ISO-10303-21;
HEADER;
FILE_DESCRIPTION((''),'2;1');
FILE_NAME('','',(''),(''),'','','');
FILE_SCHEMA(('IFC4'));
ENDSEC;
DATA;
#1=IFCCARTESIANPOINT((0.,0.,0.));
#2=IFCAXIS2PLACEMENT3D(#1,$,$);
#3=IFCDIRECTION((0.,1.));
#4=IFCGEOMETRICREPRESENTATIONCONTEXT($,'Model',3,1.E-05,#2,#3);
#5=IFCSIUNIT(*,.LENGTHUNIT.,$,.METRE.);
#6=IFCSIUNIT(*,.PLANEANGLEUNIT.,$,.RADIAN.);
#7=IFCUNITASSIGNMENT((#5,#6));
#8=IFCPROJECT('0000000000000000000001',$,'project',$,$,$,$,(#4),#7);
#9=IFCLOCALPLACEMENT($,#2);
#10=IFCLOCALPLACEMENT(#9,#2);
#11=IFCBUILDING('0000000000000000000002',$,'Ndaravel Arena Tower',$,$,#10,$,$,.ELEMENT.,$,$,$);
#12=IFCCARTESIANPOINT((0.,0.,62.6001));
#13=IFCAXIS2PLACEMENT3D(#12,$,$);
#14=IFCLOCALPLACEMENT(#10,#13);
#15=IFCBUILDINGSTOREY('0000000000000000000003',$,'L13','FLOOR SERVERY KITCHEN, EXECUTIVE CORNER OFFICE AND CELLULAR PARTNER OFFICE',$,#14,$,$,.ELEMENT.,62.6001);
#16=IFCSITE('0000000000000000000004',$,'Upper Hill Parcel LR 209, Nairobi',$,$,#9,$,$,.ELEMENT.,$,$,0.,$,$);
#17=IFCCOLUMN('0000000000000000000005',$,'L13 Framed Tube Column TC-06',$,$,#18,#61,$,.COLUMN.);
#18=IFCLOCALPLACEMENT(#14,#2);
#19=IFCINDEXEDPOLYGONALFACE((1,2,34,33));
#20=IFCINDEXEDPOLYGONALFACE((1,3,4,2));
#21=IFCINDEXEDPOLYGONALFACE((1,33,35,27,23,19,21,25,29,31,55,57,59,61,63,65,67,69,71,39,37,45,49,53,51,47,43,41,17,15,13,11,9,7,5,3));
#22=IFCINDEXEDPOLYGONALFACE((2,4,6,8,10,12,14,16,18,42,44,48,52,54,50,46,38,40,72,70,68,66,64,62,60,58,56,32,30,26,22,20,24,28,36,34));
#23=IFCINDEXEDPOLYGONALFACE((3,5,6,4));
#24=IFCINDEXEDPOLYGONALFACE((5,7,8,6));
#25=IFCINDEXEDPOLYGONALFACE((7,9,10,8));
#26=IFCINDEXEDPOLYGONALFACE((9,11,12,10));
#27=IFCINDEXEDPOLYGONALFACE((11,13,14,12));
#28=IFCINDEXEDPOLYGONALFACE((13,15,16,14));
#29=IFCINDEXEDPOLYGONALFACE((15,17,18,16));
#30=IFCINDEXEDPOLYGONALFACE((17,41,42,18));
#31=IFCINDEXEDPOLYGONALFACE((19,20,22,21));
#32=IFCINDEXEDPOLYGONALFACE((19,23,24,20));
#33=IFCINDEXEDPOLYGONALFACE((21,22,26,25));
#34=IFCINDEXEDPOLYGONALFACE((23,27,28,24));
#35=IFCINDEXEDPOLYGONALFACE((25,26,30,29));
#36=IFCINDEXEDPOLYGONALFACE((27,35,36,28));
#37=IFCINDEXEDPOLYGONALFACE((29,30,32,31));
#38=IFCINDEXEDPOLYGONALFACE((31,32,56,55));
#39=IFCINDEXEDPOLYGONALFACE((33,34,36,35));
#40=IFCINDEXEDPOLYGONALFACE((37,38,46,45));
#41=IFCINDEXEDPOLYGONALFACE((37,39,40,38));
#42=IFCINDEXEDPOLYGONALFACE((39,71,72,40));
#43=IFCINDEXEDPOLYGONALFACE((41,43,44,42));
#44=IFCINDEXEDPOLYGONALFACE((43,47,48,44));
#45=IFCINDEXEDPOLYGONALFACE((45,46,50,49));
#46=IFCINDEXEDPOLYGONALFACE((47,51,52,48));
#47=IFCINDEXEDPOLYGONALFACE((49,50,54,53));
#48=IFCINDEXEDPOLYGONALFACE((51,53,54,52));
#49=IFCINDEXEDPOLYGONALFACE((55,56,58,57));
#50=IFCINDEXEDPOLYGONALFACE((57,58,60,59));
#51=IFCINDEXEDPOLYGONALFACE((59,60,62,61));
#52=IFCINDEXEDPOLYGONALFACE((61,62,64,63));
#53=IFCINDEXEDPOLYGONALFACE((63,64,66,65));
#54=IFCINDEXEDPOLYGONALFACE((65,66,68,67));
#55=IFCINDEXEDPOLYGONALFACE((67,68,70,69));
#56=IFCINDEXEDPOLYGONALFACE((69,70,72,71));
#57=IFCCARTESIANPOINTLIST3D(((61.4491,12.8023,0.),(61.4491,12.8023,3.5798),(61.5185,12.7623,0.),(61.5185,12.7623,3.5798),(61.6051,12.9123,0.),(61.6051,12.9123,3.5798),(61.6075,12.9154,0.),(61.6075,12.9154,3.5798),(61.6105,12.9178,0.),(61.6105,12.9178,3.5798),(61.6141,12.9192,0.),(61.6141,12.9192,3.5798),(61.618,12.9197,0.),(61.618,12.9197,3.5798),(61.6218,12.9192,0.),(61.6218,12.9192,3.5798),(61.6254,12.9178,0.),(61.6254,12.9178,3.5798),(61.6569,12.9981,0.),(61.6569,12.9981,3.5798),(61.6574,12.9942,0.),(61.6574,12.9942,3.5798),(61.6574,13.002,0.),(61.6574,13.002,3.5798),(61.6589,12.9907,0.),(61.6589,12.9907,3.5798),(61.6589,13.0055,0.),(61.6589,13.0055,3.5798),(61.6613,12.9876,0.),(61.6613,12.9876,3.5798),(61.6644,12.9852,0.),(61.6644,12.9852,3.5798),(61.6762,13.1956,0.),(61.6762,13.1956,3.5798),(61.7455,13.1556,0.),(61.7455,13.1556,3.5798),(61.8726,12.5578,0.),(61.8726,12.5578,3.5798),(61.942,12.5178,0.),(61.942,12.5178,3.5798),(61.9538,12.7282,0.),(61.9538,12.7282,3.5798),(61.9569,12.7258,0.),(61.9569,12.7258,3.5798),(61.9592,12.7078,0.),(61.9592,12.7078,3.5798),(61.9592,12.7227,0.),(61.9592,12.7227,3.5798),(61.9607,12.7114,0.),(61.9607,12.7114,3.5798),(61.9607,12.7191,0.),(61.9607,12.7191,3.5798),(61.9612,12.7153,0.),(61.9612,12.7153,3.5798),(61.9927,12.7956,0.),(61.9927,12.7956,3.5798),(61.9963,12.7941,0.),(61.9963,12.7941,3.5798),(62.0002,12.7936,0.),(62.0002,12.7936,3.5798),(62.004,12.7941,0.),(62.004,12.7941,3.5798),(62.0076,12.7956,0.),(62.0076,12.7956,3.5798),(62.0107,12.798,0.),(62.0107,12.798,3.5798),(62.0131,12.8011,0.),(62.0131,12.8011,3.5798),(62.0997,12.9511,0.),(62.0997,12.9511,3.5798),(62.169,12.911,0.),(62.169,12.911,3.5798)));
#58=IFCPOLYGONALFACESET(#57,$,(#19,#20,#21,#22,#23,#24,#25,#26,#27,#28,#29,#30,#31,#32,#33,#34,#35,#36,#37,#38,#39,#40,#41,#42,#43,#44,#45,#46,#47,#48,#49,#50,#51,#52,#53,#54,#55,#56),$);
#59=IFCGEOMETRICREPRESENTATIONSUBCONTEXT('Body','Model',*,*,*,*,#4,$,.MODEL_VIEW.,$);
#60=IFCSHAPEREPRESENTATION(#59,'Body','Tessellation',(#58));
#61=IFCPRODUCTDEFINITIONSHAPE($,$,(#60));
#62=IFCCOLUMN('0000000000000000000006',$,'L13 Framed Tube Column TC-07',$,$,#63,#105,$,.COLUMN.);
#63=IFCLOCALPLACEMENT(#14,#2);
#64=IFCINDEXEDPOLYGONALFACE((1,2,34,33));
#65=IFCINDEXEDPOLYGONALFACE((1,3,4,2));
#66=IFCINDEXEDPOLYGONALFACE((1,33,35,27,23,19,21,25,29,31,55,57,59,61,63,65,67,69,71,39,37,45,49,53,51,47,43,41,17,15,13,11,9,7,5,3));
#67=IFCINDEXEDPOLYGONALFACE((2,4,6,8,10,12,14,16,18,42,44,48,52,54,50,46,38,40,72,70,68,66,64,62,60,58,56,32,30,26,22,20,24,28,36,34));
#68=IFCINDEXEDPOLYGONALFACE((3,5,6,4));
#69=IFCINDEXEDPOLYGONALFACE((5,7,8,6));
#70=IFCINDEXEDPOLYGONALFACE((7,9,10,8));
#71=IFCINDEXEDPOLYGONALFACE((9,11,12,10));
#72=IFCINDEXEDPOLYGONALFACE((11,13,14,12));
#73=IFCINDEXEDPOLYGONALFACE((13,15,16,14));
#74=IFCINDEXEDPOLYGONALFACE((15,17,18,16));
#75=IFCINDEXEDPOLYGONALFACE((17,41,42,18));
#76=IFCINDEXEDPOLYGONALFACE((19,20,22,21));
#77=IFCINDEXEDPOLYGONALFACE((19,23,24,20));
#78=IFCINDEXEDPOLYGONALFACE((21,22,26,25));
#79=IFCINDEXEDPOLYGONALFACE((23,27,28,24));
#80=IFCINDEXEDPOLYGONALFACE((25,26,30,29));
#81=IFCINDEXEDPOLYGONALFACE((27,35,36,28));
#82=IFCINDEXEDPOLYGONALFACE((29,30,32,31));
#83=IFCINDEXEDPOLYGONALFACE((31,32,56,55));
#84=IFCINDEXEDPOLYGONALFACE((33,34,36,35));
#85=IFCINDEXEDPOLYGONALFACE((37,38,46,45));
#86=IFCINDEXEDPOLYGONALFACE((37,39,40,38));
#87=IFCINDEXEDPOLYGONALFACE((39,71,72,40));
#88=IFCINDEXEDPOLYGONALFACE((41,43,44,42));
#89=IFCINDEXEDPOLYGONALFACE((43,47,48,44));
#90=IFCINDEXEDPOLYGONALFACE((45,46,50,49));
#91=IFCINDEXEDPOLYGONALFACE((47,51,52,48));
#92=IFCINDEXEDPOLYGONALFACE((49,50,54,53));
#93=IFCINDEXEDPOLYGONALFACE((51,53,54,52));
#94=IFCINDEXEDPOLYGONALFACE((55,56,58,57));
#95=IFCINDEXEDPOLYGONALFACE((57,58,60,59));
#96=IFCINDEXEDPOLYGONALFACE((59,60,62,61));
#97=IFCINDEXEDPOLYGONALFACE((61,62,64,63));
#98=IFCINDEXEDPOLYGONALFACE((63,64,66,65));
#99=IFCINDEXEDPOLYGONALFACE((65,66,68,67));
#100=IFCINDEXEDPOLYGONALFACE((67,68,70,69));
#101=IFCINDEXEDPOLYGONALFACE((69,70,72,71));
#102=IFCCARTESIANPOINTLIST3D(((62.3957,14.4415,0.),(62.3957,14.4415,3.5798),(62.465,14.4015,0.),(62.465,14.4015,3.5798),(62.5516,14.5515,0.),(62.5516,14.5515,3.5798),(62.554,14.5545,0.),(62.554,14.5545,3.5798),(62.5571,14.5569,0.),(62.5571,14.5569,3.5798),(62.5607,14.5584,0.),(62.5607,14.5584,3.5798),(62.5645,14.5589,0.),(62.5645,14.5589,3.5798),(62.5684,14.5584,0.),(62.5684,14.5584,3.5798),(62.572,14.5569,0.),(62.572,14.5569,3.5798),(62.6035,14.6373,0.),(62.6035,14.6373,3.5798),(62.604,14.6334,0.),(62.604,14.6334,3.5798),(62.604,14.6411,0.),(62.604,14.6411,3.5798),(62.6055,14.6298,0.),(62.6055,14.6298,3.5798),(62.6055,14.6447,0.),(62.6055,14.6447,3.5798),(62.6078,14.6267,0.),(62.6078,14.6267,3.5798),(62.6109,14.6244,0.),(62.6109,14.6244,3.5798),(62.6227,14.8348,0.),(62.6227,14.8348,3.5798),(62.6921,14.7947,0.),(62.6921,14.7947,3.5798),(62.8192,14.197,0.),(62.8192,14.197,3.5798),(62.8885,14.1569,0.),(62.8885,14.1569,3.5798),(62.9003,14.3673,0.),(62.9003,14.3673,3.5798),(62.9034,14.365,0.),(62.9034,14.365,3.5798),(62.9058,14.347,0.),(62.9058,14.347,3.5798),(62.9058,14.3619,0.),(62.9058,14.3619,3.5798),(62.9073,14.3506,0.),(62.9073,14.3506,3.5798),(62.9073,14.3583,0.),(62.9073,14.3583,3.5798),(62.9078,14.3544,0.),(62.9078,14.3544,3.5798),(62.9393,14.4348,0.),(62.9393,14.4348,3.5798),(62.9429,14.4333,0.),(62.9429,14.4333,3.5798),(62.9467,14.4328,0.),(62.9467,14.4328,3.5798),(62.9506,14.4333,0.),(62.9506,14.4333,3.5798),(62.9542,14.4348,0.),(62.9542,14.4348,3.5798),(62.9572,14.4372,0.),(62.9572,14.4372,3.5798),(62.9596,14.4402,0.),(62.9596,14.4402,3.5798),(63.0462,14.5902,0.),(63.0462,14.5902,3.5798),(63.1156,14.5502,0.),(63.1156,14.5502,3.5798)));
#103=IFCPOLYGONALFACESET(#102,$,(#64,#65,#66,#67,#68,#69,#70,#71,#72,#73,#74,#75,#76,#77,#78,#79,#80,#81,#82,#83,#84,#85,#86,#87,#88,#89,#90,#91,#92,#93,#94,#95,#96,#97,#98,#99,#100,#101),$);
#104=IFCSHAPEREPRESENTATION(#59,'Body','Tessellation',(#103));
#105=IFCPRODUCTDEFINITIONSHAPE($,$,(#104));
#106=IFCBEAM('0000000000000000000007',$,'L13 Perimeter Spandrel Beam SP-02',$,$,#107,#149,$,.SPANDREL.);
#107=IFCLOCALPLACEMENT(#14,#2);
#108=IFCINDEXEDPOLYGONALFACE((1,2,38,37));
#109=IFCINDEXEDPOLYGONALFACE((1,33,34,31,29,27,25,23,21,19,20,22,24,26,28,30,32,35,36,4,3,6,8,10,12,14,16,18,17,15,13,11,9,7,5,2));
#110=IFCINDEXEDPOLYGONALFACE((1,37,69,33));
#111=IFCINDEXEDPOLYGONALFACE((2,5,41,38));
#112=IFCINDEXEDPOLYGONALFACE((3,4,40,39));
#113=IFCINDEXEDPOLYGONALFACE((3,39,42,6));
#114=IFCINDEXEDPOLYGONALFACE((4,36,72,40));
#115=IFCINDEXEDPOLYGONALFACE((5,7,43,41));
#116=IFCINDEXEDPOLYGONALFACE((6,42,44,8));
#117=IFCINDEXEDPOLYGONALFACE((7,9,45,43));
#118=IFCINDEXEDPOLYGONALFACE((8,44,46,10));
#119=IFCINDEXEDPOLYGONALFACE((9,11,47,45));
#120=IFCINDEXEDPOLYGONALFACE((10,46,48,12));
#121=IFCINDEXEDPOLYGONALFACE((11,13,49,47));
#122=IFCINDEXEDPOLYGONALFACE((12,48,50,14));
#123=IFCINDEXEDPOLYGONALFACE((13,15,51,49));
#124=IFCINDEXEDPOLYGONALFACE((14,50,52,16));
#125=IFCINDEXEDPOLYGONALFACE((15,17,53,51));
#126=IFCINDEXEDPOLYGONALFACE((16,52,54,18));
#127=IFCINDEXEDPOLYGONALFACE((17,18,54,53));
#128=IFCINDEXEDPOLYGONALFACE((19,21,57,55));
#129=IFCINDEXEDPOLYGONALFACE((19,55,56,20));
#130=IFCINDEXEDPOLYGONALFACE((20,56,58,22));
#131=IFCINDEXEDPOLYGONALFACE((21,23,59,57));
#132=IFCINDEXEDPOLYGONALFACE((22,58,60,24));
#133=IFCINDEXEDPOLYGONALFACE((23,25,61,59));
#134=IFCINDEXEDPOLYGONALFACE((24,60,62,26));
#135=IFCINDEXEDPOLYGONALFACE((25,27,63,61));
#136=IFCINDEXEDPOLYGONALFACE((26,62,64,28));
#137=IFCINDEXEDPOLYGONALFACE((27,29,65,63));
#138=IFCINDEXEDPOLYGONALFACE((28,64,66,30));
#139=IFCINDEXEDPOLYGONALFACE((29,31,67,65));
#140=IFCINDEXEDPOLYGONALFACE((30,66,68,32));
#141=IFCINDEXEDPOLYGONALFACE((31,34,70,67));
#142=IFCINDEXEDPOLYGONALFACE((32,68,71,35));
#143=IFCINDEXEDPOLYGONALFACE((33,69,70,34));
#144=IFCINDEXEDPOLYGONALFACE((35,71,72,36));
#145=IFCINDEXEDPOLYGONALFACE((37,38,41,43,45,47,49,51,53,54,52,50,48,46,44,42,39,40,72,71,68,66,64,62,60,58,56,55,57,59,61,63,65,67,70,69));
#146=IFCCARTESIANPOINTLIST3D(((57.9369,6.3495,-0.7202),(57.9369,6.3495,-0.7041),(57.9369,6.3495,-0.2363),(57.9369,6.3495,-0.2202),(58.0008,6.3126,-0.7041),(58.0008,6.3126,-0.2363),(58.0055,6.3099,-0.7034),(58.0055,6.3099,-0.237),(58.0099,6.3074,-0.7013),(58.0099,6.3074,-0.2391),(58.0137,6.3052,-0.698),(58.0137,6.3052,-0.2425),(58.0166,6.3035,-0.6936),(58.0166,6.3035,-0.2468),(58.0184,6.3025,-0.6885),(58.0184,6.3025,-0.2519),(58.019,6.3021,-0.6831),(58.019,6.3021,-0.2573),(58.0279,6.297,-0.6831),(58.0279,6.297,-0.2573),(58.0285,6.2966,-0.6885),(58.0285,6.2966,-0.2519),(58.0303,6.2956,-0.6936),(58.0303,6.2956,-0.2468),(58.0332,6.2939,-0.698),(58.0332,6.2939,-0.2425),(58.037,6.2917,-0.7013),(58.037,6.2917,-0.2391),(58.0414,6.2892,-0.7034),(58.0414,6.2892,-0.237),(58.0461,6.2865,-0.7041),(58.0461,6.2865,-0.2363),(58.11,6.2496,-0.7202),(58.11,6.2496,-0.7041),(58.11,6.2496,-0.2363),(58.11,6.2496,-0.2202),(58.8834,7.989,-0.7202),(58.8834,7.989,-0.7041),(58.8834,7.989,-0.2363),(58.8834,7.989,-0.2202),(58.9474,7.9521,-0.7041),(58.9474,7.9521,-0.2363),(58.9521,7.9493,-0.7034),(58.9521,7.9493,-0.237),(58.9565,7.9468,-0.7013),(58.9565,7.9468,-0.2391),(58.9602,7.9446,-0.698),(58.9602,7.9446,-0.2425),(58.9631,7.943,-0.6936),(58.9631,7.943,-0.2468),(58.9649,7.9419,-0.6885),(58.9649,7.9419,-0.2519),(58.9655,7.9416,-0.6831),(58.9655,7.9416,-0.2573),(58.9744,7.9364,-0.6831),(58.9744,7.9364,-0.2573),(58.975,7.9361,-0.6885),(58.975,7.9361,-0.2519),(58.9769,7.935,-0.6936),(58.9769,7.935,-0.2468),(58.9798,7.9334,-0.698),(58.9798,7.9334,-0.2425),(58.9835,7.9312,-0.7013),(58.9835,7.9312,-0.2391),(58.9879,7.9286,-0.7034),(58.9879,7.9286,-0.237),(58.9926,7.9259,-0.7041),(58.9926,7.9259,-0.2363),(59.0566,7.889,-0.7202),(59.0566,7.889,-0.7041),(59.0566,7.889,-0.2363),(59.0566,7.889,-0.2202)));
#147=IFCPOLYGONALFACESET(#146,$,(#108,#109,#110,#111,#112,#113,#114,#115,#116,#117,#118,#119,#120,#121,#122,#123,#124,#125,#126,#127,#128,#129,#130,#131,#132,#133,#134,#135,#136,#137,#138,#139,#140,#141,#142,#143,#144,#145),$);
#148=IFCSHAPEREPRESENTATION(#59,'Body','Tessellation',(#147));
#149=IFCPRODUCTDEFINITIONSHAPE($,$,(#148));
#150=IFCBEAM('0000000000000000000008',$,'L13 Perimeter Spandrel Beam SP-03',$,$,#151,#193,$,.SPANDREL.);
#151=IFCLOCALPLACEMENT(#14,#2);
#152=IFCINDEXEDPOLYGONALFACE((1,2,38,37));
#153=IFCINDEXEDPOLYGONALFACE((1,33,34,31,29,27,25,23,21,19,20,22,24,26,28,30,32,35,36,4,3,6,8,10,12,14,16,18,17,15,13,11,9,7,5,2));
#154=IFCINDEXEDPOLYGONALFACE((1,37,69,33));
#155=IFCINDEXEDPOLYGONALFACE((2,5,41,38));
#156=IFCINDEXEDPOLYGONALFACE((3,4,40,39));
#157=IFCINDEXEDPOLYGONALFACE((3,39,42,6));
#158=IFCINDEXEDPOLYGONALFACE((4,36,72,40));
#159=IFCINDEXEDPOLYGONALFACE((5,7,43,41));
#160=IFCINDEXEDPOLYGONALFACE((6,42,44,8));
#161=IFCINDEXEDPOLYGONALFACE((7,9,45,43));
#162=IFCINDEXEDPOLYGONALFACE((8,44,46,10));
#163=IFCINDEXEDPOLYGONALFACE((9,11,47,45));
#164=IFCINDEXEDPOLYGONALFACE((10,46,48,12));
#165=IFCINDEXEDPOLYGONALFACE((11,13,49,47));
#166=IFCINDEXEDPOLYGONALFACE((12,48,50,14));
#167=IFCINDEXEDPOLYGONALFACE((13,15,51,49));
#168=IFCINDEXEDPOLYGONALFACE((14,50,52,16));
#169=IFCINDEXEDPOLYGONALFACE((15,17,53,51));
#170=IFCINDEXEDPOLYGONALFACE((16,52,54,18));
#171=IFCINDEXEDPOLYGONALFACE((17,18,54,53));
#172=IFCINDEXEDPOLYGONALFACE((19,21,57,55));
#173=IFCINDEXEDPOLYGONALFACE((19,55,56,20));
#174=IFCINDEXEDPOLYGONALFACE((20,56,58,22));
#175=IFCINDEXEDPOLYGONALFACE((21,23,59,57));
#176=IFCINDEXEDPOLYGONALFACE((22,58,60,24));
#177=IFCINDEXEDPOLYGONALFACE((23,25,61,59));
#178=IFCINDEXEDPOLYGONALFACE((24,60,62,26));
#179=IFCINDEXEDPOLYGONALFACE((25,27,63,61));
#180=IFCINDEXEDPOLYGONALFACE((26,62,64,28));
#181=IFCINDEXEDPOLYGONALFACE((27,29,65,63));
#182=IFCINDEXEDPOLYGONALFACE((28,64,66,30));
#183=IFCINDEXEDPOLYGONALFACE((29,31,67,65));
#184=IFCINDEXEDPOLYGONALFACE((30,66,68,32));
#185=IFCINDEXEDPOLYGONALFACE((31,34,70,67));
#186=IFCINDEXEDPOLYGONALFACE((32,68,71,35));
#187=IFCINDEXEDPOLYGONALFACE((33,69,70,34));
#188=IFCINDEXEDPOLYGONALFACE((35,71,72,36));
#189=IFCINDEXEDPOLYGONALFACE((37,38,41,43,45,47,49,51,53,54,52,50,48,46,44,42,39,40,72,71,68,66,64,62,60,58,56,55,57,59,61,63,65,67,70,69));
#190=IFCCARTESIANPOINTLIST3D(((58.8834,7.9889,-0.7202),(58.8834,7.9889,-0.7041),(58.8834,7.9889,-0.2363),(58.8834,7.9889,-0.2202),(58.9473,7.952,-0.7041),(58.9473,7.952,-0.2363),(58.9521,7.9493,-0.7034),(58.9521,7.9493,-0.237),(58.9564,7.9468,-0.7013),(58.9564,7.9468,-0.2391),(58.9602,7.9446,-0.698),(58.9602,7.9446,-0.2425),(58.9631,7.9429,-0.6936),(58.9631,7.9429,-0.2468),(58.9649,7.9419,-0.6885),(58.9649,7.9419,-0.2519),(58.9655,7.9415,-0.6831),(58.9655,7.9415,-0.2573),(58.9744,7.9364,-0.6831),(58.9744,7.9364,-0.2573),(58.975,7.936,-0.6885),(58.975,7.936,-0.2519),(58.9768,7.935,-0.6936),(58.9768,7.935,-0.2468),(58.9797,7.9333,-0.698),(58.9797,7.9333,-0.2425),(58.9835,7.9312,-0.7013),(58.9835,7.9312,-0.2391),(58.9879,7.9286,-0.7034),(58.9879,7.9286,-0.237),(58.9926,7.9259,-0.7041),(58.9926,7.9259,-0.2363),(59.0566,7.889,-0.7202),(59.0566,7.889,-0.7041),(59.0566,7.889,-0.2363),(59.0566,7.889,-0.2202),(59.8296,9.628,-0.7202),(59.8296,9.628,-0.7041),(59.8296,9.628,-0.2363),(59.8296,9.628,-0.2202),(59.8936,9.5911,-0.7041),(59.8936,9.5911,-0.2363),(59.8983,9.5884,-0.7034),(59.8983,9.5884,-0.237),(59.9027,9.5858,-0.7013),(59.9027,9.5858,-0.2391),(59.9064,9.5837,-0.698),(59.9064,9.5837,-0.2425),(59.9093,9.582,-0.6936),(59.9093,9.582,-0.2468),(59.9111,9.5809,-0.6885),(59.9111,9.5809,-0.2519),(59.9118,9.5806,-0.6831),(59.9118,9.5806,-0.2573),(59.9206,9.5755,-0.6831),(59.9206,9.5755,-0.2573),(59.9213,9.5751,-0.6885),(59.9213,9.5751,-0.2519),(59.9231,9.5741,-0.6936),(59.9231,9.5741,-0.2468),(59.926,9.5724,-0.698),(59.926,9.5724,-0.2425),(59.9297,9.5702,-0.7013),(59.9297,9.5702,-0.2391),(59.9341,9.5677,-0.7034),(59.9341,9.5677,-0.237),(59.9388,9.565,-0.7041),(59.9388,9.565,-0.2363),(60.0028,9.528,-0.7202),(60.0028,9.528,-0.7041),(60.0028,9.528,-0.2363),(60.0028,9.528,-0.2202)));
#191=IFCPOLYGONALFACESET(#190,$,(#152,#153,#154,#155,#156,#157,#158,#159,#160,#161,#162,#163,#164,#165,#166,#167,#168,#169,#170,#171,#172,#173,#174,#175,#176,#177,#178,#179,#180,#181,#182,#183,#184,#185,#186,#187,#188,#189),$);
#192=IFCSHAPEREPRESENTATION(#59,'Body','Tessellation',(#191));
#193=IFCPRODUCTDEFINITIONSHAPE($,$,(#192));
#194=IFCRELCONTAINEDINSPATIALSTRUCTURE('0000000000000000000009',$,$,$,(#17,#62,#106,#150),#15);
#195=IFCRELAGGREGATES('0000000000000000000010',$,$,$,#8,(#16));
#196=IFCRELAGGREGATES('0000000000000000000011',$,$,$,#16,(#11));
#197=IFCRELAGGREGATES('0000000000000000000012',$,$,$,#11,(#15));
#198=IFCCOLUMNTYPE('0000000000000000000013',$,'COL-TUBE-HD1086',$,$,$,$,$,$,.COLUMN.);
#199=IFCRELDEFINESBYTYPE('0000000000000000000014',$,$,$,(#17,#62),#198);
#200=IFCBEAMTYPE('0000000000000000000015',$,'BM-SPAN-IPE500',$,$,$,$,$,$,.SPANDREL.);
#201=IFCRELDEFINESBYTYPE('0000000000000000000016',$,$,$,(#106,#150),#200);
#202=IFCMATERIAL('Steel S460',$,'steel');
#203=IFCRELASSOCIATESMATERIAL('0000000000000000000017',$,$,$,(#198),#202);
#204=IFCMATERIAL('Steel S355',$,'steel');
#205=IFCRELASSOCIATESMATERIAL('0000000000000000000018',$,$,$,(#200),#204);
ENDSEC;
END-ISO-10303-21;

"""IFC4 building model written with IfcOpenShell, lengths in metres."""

from ifc_helpers import new_model, si_unit, direction, frame, origin, origin_2d, place, context, subcontext, project, spatial, i_section, extrude, material, material_profile, profile_set, type_object, element, save


model = new_model("IFC4")

# Units and contexts
model_context = context("Model", 3, precision=1e-05, world=origin(), true_north=direction((0.0, 1.0)))
body_context = subcontext(model_context, "Body", "Model", "MODEL_VIEW")
ifc_project = project(units=[si_unit("LENGTHUNIT", "METRE"), si_unit("PLANEANGLEUNIT", "RADIAN")], contexts=[model_context])

# Site, building, storey
site_placement = place(None, origin())
site = spatial("IfcSite", under=ifc_project, at=site_placement, Name="Upper Hill Parcel LR 209, Nairobi", CompositionType="ELEMENT", RefElevation=0.0)
building_placement = place(site_placement, origin())
building = spatial("IfcBuilding", under=site, at=building_placement, Name="Ndaravel Arena Tower", CompositionType="ELEMENT")
storey_placement = place(building_placement, frame((0.0, 0.0, 62.6001)))
storey = spatial("IfcBuildingStorey", under=building, at=storey_placement, Name="L13", Description="FLOOR SERVERY KITCHEN, EXECUTIVE CORNER OFFICE AND CELLULAR PARTNER OFFICE", CompositionType="ELEMENT", Elevation=62.6001)

# Columns
ifc_material_1 = material(Name="Steel S460", Category="steel")
ifc_material_profile_1 = material_profile(ifc_material_1, i_section(OverallWidth=0.4541, OverallDepth=0.5691, WebThickness=0.0779, FlangeThickness=0.0801, FilletRadius=0.0149, at=origin_2d()), Name="HD 400x1086")
ifc_profile_set_1 = profile_set([ifc_material_profile_1], Name="Steel S460")
column_type = type_object("IfcColumnType", Name="COL-TUBE-HD1086", PredefinedType="COLUMN", material=ifc_profile_set_1)
for number, where, z_axis, x_axis, name in (
    (1, (61.8091, 12.8567, 0.0), (0.0, 0.0, 1.0), (0.5, 0.866025, 0.0), "L13 Framed Tube Column TC-06"),
    (2, (62.7556, 14.4958, 0.0), (0.0, 0.0, 1.0), (0.5, 0.866025, 0.0), "L13 Framed Tube Column TC-07"),
):
    element("IfcColumn", number, at=place(storey_placement, frame(where, z_axis=z_axis, x_axis=x_axis)), inside=storey, type_object=column_type, Name=name, PredefinedType="COLUMN", context=body_context, shape_type="SweptSolid", body=[
        extrude(i_section(OverallWidth=0.4541, OverallDepth=0.5691, WebThickness=0.0779, FlangeThickness=0.0801, FilletRadius=0.0149, at=origin_2d()), origin(), (0.0, 0.0, 1.0), 3.5798),
    ])

# Beams
ifc_material_2 = material(Name="Steel S355", Category="steel")
ifc_material_profile_2 = material_profile(ifc_material_2, i_section(OverallWidth=0.2, OverallDepth=0.5, WebThickness=0.0103, FlangeThickness=0.0161, FilletRadius=0.021, at=origin_2d()), Name="IPE 500")
ifc_profile_set_2 = profile_set([ifc_material_profile_2], Name="Steel S355")
beam_type = type_object("IfcBeamType", Name="BM-SPAN-IPE500", PredefinedType="SPANDREL", material=ifc_profile_set_2)
beam_1_placement = place(storey_placement, frame((58.0234, 6.2996, -0.4702), z_axis=(0.500009, 0.86602, 0.0), x_axis=(-0.86602, 0.500009, 0.0)))
element("IfcBeam", 3, at=beam_1_placement, inside=storey, type_object=beam_type, Name="L13 Perimeter Spandrel Beam SP-02", PredefinedType="SPANDREL", context=body_context, shape_type="SweptSolid", body=[
    extrude(i_section(OverallWidth=0.2, OverallDepth=0.5, WebThickness=0.0103, FlangeThickness=0.0161, FilletRadius=0.021, at=origin_2d()), origin(), (0.0, 0.0, 1.0), 1.8931),
])
beam_2_placement = place(storey_placement, frame((58.97, 7.939, -0.4702), z_axis=(0.499968, 0.866044, 0.0), x_axis=(-0.866044, 0.499968, 0.0)))
element("IfcBeam", 4, at=beam_2_placement, inside=storey, type_object=beam_type, Name="L13 Perimeter Spandrel Beam SP-03", PredefinedType="SPANDREL", context=body_context, shape_type="SweptSolid", body=[
    extrude(i_section(OverallWidth=0.2, OverallDepth=0.5, WebThickness=0.0103, FlangeThickness=0.0161, FilletRadius=0.021, at=origin_2d()), origin(), (0.0, 0.0, 1.0), 1.8926),
])

save(model, "model.ifc")
